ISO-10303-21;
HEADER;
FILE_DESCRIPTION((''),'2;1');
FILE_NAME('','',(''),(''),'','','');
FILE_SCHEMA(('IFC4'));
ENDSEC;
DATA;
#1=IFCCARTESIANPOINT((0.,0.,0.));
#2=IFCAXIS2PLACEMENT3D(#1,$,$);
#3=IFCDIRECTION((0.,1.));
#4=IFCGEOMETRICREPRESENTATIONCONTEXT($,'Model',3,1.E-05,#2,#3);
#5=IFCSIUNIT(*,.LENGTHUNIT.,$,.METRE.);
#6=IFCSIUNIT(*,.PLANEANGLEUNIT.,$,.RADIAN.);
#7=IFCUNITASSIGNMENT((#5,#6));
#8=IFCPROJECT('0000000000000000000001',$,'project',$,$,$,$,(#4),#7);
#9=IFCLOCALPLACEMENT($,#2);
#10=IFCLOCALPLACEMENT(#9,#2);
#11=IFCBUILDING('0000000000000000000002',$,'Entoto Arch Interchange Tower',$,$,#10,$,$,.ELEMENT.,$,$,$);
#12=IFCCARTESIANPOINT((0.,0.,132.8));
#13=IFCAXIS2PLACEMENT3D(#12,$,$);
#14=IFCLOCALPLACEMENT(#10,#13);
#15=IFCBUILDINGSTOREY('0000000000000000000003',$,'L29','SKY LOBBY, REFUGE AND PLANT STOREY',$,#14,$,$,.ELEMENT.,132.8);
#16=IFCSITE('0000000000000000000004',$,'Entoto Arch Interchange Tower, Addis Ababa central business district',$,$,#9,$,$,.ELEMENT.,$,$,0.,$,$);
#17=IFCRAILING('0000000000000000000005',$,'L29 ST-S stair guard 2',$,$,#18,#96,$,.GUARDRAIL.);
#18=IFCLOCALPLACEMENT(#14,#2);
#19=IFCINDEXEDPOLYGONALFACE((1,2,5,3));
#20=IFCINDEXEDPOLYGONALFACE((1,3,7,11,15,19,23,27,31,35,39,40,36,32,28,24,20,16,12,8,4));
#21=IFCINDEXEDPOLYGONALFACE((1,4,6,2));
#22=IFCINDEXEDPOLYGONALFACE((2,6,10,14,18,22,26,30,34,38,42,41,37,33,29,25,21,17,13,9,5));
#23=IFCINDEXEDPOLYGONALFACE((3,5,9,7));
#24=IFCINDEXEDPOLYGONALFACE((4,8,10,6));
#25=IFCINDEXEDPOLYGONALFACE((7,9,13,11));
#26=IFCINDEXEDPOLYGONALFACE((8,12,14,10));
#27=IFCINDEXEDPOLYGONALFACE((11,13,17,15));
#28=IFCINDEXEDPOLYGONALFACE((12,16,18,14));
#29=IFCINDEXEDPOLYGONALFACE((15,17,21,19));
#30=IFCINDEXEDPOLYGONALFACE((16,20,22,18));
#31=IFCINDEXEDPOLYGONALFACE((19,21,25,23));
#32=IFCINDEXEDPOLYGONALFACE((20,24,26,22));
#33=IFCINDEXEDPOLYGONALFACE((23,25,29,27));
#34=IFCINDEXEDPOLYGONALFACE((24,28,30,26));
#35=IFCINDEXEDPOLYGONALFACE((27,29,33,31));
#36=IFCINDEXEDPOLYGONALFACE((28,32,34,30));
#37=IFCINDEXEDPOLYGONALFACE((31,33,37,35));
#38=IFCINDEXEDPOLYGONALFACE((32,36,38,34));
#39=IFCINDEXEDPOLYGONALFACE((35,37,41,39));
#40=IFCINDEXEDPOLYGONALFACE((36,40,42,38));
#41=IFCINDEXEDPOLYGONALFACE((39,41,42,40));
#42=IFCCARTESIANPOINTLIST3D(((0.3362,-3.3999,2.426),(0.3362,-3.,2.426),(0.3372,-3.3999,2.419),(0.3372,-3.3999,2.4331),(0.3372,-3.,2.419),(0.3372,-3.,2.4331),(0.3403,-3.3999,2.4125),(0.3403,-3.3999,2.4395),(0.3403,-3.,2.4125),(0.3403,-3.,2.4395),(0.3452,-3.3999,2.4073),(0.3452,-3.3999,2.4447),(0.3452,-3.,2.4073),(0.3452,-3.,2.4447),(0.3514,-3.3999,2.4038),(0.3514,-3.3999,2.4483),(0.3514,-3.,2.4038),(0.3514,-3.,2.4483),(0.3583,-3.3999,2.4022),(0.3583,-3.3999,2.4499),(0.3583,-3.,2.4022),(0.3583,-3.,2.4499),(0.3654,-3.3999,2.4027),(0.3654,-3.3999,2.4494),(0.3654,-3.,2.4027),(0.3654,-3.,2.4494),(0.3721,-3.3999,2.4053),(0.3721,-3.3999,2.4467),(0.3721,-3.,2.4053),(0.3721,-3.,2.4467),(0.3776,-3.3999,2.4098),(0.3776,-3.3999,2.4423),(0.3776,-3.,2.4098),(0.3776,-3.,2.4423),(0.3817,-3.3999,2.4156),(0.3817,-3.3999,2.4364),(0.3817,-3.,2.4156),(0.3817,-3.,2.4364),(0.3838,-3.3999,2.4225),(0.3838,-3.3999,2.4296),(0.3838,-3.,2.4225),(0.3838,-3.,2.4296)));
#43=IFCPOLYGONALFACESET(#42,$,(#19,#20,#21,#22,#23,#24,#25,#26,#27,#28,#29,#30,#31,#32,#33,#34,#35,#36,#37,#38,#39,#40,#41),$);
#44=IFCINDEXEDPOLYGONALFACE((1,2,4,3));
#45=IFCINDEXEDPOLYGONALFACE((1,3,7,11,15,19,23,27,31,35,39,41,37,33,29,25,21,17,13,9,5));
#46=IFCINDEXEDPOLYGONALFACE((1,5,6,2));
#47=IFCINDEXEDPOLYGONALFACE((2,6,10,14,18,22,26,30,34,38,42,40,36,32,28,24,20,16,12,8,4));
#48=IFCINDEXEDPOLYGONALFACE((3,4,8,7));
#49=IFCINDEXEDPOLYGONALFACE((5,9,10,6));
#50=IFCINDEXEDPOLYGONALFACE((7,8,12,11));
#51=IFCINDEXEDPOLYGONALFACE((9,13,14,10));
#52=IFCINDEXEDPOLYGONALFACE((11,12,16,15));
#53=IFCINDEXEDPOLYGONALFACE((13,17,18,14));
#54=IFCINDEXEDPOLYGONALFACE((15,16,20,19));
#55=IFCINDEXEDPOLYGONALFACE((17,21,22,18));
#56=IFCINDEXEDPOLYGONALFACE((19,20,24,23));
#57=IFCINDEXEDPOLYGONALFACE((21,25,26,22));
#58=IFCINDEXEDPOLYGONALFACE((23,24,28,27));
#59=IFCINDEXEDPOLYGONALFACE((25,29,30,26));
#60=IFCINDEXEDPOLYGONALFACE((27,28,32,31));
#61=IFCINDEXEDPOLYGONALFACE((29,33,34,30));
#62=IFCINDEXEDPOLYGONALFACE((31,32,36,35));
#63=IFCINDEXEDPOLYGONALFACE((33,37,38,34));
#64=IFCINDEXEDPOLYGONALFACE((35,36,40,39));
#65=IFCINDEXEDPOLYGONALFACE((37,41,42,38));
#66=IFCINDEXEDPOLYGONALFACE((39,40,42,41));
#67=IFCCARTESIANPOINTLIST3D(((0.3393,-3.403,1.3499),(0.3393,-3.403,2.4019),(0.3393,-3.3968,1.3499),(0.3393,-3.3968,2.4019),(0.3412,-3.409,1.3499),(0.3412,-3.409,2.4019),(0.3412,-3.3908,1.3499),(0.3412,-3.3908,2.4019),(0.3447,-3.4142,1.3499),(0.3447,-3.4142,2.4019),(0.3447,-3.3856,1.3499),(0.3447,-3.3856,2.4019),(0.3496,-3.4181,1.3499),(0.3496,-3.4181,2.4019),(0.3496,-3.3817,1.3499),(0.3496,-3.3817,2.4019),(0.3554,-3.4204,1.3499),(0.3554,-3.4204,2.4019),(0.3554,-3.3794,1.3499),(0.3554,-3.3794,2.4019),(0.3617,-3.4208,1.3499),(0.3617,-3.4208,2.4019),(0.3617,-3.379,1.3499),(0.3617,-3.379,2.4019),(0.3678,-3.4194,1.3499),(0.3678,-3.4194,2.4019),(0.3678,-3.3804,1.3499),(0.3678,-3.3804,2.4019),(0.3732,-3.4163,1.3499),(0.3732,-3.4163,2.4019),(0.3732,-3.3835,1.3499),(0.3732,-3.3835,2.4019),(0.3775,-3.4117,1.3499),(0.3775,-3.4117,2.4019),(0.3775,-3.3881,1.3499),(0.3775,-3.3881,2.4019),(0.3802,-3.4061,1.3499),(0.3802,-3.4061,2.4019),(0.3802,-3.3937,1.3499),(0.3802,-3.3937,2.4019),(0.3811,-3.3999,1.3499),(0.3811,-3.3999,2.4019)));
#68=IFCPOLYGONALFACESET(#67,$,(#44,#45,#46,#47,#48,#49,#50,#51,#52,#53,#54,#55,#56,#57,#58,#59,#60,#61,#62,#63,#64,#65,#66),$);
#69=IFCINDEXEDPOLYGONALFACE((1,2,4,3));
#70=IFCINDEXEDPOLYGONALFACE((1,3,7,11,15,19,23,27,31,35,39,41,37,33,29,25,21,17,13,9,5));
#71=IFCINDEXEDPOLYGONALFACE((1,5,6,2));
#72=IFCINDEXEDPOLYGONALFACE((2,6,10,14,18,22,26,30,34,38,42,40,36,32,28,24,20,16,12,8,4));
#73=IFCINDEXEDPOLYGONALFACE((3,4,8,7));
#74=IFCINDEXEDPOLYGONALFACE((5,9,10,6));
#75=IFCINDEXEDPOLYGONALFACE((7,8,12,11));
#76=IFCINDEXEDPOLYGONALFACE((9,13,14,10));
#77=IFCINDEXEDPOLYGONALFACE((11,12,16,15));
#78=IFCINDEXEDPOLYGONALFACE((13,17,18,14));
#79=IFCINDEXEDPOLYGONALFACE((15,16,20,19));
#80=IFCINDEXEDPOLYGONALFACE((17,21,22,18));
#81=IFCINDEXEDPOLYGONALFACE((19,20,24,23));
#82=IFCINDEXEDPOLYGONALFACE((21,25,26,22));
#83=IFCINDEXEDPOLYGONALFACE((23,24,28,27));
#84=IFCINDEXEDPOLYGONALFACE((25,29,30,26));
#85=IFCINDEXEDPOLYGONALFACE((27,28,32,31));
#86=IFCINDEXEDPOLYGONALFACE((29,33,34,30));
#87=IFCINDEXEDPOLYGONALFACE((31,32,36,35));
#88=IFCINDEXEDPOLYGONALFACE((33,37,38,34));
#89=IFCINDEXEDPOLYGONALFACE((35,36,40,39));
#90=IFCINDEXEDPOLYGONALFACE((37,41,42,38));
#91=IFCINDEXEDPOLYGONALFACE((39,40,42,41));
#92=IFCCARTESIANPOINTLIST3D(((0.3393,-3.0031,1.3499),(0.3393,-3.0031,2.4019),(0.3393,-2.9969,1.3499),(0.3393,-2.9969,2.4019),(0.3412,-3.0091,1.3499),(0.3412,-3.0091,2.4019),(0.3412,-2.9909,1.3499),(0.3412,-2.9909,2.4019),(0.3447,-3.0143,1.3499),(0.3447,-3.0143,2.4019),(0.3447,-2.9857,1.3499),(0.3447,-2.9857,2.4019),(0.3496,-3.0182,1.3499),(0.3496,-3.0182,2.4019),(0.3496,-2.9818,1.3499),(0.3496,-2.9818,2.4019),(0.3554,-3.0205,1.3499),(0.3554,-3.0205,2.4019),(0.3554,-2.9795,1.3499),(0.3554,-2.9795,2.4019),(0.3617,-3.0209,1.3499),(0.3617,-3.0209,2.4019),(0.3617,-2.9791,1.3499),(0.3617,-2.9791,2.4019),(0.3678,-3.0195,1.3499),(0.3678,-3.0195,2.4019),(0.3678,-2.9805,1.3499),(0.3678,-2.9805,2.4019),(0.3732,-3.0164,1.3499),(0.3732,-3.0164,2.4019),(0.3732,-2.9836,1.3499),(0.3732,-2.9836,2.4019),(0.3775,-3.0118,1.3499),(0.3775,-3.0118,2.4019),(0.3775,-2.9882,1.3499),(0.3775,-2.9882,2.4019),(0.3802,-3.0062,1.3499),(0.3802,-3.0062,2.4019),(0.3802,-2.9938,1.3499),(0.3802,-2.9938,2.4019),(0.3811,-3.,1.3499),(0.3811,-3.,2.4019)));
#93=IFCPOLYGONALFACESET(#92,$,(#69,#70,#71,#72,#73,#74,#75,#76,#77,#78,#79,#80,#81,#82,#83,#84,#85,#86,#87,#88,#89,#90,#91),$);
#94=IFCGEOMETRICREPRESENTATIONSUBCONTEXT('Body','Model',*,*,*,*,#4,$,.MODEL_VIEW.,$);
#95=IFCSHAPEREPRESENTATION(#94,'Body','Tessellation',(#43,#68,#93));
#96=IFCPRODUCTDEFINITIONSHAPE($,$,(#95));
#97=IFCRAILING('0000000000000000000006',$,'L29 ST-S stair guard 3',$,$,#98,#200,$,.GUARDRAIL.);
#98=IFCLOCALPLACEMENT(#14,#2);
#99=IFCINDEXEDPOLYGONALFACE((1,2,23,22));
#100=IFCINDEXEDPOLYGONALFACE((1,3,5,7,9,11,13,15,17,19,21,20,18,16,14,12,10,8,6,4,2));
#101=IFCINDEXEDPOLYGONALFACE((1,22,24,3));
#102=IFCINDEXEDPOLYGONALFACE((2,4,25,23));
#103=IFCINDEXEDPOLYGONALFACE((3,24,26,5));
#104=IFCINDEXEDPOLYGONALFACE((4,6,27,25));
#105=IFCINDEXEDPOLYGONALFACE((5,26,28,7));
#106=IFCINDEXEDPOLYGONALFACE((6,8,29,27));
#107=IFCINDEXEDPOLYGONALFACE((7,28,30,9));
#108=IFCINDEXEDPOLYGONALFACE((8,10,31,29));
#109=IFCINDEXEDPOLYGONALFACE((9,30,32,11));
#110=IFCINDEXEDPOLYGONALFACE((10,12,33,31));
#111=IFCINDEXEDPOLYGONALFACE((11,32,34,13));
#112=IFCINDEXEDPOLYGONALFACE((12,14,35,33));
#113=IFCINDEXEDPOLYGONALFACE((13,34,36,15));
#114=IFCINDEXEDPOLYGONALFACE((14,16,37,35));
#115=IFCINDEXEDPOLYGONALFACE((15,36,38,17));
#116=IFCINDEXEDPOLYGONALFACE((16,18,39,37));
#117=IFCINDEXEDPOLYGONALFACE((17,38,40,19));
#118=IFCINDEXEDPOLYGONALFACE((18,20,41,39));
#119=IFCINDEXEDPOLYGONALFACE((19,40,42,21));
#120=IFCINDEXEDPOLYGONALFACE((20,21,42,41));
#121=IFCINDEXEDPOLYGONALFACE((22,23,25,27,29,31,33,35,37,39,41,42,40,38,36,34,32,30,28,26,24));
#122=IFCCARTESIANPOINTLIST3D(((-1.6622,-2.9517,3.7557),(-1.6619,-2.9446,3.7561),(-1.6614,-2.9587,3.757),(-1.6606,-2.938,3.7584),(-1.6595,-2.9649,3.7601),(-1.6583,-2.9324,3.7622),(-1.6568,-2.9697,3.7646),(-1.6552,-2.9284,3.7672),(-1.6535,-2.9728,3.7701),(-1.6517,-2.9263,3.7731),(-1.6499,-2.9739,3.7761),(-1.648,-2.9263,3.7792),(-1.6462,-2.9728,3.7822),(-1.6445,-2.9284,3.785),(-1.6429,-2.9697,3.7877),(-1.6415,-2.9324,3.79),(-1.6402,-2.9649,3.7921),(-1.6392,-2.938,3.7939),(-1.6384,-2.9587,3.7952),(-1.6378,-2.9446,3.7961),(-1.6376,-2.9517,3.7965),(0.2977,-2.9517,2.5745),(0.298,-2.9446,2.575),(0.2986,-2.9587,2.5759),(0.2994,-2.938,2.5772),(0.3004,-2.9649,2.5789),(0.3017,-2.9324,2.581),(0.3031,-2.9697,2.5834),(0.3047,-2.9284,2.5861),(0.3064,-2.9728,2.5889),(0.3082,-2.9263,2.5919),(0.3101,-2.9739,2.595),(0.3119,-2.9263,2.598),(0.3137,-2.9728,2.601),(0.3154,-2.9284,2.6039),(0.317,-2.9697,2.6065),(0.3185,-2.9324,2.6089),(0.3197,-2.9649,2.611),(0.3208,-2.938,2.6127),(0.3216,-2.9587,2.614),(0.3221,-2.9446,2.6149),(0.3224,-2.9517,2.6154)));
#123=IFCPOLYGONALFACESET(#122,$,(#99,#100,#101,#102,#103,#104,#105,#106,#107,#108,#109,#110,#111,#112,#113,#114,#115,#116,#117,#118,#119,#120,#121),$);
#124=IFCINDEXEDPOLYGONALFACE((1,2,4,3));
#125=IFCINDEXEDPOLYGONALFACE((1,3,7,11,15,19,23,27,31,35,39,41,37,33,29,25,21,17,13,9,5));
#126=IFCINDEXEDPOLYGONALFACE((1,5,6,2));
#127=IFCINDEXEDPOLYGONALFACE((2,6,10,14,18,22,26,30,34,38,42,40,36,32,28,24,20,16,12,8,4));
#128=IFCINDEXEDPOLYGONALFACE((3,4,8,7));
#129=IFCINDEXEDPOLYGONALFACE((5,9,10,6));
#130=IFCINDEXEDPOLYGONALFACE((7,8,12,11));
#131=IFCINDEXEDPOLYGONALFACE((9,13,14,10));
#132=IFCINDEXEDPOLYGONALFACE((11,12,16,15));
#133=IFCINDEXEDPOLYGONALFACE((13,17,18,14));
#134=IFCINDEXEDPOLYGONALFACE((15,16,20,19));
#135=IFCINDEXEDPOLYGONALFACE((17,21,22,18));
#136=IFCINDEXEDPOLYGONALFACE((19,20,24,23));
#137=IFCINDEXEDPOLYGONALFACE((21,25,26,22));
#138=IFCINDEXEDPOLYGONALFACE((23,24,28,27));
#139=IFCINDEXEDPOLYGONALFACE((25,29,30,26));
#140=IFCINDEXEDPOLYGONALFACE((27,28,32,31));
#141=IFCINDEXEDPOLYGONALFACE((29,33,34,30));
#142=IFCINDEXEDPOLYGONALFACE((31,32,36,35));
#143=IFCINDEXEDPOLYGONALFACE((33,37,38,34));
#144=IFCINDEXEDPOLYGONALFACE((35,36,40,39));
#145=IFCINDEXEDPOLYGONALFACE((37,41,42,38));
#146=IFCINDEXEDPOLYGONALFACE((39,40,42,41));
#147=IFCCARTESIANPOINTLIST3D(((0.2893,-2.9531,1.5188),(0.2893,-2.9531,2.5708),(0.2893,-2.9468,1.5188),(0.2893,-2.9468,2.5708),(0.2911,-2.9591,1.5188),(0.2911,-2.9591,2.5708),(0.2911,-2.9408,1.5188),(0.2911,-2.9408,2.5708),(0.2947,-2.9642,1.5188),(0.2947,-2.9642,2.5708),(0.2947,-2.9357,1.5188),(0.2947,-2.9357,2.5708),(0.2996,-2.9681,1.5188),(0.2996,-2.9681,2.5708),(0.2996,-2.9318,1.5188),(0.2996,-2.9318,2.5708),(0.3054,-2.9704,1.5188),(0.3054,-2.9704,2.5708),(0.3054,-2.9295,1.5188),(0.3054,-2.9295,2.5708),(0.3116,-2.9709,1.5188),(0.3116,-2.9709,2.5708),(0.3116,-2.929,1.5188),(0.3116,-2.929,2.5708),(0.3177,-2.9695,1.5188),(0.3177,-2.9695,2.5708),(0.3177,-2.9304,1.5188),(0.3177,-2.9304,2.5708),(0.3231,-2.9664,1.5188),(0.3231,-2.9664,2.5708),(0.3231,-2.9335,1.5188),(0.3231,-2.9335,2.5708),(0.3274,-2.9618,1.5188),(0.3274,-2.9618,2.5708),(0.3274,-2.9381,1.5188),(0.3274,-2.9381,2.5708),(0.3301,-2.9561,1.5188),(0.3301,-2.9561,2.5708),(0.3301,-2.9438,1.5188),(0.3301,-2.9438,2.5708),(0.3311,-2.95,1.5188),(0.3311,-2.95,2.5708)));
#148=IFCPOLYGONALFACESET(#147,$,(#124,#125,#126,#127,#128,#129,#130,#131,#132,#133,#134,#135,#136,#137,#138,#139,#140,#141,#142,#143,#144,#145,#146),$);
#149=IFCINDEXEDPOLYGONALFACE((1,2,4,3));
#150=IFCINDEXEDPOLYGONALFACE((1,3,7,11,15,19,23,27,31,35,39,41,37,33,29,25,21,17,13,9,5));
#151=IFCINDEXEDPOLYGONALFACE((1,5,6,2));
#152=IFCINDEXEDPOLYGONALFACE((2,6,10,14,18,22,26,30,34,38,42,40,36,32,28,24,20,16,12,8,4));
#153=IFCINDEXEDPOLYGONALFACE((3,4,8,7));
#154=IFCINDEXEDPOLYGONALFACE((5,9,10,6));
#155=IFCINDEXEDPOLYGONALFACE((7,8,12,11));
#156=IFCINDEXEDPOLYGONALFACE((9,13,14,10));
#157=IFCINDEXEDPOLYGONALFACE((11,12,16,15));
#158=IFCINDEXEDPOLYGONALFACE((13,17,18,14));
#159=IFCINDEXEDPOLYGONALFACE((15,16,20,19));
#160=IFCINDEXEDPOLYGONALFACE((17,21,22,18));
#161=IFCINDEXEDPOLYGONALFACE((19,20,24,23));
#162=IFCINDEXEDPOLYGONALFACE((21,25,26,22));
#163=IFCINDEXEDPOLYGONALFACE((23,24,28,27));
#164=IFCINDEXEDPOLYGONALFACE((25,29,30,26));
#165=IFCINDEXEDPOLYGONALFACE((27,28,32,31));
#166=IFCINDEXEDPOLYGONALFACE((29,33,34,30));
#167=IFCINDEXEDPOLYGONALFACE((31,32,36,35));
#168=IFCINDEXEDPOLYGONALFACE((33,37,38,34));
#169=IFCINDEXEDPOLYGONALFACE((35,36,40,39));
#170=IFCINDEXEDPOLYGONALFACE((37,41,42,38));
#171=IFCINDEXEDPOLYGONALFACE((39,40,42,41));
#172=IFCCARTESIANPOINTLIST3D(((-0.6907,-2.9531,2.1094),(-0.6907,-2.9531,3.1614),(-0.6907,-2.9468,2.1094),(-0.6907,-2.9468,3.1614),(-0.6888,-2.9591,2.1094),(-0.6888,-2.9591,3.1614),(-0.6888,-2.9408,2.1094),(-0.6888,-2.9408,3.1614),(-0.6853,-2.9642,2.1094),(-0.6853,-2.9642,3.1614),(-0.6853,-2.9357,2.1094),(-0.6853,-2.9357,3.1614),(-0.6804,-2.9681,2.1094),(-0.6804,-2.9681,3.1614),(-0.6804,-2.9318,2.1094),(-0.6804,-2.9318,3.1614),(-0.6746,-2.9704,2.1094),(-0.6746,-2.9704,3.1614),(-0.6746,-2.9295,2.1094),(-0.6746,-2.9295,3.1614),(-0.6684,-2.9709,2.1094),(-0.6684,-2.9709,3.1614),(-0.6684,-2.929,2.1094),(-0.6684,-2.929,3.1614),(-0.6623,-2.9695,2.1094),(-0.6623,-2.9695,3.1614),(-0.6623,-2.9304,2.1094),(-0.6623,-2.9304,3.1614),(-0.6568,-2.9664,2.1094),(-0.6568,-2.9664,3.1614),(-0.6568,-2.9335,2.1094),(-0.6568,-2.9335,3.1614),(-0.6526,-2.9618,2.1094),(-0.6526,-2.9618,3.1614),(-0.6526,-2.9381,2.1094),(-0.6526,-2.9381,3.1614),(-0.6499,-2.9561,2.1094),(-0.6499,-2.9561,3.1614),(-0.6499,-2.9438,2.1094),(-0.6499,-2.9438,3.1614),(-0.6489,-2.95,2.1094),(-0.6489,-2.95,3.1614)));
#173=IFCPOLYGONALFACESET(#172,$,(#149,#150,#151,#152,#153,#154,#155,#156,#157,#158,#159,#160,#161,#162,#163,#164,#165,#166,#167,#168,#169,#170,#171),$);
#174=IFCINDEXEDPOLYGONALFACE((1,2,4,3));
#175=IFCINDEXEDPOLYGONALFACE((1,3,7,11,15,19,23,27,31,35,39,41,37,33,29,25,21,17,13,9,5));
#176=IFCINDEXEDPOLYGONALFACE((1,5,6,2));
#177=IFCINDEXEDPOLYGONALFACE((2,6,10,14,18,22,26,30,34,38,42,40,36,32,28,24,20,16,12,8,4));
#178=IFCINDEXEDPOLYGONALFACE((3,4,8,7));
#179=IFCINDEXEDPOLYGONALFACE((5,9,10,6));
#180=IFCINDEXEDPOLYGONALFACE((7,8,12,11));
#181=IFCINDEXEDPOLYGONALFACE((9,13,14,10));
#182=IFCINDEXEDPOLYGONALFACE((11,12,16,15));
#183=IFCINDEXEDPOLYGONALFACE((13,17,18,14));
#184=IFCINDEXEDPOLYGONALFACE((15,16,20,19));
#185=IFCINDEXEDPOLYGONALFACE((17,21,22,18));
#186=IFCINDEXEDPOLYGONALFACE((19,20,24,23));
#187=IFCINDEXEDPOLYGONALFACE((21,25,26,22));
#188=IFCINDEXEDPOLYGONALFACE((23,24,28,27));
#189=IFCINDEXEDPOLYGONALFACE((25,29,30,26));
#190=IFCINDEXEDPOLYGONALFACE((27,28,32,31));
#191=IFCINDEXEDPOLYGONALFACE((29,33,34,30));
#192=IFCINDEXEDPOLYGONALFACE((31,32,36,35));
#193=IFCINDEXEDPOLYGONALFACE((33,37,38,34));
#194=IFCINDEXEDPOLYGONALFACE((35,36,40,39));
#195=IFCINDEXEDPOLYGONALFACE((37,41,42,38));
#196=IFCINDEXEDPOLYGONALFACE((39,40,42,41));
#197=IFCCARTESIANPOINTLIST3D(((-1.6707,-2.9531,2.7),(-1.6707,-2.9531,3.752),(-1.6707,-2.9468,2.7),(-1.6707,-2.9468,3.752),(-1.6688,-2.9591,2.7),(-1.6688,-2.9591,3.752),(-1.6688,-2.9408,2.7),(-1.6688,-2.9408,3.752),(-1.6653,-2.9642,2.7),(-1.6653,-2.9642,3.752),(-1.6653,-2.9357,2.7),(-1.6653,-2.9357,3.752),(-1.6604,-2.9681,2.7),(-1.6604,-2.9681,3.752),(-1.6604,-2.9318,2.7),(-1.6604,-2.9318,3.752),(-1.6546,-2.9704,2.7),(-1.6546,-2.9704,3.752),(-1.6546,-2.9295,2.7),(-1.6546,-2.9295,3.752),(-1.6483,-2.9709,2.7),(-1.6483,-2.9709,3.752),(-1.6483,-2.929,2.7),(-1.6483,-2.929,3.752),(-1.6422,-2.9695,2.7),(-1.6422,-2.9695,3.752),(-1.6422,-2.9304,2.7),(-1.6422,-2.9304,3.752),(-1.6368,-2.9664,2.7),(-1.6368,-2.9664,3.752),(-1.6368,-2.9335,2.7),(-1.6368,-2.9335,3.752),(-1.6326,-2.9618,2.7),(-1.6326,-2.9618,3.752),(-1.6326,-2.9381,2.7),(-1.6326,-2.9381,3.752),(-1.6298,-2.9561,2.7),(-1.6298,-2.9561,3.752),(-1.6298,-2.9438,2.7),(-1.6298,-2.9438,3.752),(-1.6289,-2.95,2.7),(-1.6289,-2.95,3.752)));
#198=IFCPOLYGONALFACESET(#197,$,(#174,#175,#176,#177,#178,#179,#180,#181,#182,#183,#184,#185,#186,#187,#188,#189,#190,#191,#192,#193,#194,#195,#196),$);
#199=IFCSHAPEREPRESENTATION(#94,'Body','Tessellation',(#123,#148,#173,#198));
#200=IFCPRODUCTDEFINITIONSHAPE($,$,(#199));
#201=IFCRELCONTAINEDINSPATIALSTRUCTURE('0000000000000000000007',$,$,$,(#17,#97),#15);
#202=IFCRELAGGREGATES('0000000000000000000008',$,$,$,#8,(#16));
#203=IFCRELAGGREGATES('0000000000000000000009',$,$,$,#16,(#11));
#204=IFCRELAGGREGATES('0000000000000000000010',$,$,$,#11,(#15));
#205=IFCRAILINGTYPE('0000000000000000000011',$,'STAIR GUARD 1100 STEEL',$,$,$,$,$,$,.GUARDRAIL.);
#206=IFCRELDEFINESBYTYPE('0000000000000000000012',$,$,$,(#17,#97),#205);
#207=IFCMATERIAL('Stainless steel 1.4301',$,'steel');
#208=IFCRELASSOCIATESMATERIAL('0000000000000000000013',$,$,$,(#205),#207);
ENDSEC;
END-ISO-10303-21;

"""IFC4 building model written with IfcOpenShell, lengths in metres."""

from ifc_helpers import new_model, si_unit, direction, frame, origin, origin_2d, place, context, subcontext, project, spatial, circle, extrude, material, type_object, element, save


model = new_model("IFC4")

# Units and contexts
model_context = context("Model", 3, precision=1e-05, world=origin(), true_north=direction((0.0, 1.0)))
body_context = subcontext(model_context, "Body", "Model", "MODEL_VIEW")
ifc_project = project(units=[si_unit("LENGTHUNIT", "METRE"), si_unit("PLANEANGLEUNIT", "RADIAN")], contexts=[model_context])

# Site, building, storey
site_placement = place(None, origin())
site = spatial("IfcSite", under=ifc_project, at=site_placement, Name="Entoto Arch Interchange Tower, Addis Ababa central business district", CompositionType="ELEMENT", RefElevation=0.0)
building_placement = place(site_placement, origin())
building = spatial("IfcBuilding", under=site, at=building_placement, Name="Entoto Arch Interchange Tower", CompositionType="ELEMENT")
storey_placement = place(building_placement, frame((0.0, 0.0, 132.8)))
storey = spatial("IfcBuildingStorey", under=building, at=storey_placement, Name="L29", Description="SKY LOBBY, REFUGE AND PLANT STOREY", CompositionType="ELEMENT", Elevation=132.8)

# Railings
ifc_material_1 = material(Name="Stainless steel 1.4301", Category="steel")
railing_type = type_object("IfcRailingType", Name="STAIR GUARD 1100 STEEL", PredefinedType="GUARDRAIL", material=ifc_material_1)
railing_1_placement = place(storey_placement, frame((0.3601, -3.3999, 1.3499)))
element("IfcRailing", 1, at=railing_1_placement, inside=storey, type_object=railing_type, Name="L29 ST-S stair guard 2", PredefinedType="GUARDRAIL", context=body_context, shape_type="SweptSolid", body=[
    extrude(circle(Radius=0.0239, at=origin_2d()), frame((0.0, 0.0, 1.0762), z_axis=(0.0, 1.0, 0.0), x_axis=(-1.0, 0.0, 0.0)), (0.0, 0.0, 1.0), 0.3999),
    extrude(circle(Radius=0.021, at=origin_2d()), origin(), (0.0, 0.0, 1.0), 1.052),
    extrude(circle(Radius=0.021, at=origin_2d()), frame((0.0, 0.3999, 0.0)), (0.0, 0.0, 1.0), 1.052),
])
railing_2_placement = place(storey_placement, frame((0.3101, -2.95, 1.5188)))
element("IfcRailing", 2, at=railing_2_placement, inside=storey, type_object=railing_type, Name="L29 ST-S stair guard 3", PredefinedType="GUARDRAIL", context=body_context, shape_type="SweptSolid", body=[
    extrude(circle(Radius=0.0239, at=origin_2d()), frame((0.0, 0.0, 1.0762), z_axis=(-0.856493, 0.0, 0.516158), x_axis=(0.0, -1.0, 0.0)), (0.0, 0.0, 1.0), 2.2883),
    extrude(circle(Radius=0.021, at=origin_2d()), origin(), (0.0, 0.0, 1.0), 1.052),
    extrude(circle(Radius=0.021, at=origin_2d()), frame((-0.98, 0.0, 0.5906)), (0.0, 0.0, 1.0), 1.052),
    extrude(circle(Radius=0.021, at=origin_2d()), frame((-1.96, 0.0, 1.1812)), (0.0, 0.0, 1.0), 1.052),
])

save(model, "model.ifc")
